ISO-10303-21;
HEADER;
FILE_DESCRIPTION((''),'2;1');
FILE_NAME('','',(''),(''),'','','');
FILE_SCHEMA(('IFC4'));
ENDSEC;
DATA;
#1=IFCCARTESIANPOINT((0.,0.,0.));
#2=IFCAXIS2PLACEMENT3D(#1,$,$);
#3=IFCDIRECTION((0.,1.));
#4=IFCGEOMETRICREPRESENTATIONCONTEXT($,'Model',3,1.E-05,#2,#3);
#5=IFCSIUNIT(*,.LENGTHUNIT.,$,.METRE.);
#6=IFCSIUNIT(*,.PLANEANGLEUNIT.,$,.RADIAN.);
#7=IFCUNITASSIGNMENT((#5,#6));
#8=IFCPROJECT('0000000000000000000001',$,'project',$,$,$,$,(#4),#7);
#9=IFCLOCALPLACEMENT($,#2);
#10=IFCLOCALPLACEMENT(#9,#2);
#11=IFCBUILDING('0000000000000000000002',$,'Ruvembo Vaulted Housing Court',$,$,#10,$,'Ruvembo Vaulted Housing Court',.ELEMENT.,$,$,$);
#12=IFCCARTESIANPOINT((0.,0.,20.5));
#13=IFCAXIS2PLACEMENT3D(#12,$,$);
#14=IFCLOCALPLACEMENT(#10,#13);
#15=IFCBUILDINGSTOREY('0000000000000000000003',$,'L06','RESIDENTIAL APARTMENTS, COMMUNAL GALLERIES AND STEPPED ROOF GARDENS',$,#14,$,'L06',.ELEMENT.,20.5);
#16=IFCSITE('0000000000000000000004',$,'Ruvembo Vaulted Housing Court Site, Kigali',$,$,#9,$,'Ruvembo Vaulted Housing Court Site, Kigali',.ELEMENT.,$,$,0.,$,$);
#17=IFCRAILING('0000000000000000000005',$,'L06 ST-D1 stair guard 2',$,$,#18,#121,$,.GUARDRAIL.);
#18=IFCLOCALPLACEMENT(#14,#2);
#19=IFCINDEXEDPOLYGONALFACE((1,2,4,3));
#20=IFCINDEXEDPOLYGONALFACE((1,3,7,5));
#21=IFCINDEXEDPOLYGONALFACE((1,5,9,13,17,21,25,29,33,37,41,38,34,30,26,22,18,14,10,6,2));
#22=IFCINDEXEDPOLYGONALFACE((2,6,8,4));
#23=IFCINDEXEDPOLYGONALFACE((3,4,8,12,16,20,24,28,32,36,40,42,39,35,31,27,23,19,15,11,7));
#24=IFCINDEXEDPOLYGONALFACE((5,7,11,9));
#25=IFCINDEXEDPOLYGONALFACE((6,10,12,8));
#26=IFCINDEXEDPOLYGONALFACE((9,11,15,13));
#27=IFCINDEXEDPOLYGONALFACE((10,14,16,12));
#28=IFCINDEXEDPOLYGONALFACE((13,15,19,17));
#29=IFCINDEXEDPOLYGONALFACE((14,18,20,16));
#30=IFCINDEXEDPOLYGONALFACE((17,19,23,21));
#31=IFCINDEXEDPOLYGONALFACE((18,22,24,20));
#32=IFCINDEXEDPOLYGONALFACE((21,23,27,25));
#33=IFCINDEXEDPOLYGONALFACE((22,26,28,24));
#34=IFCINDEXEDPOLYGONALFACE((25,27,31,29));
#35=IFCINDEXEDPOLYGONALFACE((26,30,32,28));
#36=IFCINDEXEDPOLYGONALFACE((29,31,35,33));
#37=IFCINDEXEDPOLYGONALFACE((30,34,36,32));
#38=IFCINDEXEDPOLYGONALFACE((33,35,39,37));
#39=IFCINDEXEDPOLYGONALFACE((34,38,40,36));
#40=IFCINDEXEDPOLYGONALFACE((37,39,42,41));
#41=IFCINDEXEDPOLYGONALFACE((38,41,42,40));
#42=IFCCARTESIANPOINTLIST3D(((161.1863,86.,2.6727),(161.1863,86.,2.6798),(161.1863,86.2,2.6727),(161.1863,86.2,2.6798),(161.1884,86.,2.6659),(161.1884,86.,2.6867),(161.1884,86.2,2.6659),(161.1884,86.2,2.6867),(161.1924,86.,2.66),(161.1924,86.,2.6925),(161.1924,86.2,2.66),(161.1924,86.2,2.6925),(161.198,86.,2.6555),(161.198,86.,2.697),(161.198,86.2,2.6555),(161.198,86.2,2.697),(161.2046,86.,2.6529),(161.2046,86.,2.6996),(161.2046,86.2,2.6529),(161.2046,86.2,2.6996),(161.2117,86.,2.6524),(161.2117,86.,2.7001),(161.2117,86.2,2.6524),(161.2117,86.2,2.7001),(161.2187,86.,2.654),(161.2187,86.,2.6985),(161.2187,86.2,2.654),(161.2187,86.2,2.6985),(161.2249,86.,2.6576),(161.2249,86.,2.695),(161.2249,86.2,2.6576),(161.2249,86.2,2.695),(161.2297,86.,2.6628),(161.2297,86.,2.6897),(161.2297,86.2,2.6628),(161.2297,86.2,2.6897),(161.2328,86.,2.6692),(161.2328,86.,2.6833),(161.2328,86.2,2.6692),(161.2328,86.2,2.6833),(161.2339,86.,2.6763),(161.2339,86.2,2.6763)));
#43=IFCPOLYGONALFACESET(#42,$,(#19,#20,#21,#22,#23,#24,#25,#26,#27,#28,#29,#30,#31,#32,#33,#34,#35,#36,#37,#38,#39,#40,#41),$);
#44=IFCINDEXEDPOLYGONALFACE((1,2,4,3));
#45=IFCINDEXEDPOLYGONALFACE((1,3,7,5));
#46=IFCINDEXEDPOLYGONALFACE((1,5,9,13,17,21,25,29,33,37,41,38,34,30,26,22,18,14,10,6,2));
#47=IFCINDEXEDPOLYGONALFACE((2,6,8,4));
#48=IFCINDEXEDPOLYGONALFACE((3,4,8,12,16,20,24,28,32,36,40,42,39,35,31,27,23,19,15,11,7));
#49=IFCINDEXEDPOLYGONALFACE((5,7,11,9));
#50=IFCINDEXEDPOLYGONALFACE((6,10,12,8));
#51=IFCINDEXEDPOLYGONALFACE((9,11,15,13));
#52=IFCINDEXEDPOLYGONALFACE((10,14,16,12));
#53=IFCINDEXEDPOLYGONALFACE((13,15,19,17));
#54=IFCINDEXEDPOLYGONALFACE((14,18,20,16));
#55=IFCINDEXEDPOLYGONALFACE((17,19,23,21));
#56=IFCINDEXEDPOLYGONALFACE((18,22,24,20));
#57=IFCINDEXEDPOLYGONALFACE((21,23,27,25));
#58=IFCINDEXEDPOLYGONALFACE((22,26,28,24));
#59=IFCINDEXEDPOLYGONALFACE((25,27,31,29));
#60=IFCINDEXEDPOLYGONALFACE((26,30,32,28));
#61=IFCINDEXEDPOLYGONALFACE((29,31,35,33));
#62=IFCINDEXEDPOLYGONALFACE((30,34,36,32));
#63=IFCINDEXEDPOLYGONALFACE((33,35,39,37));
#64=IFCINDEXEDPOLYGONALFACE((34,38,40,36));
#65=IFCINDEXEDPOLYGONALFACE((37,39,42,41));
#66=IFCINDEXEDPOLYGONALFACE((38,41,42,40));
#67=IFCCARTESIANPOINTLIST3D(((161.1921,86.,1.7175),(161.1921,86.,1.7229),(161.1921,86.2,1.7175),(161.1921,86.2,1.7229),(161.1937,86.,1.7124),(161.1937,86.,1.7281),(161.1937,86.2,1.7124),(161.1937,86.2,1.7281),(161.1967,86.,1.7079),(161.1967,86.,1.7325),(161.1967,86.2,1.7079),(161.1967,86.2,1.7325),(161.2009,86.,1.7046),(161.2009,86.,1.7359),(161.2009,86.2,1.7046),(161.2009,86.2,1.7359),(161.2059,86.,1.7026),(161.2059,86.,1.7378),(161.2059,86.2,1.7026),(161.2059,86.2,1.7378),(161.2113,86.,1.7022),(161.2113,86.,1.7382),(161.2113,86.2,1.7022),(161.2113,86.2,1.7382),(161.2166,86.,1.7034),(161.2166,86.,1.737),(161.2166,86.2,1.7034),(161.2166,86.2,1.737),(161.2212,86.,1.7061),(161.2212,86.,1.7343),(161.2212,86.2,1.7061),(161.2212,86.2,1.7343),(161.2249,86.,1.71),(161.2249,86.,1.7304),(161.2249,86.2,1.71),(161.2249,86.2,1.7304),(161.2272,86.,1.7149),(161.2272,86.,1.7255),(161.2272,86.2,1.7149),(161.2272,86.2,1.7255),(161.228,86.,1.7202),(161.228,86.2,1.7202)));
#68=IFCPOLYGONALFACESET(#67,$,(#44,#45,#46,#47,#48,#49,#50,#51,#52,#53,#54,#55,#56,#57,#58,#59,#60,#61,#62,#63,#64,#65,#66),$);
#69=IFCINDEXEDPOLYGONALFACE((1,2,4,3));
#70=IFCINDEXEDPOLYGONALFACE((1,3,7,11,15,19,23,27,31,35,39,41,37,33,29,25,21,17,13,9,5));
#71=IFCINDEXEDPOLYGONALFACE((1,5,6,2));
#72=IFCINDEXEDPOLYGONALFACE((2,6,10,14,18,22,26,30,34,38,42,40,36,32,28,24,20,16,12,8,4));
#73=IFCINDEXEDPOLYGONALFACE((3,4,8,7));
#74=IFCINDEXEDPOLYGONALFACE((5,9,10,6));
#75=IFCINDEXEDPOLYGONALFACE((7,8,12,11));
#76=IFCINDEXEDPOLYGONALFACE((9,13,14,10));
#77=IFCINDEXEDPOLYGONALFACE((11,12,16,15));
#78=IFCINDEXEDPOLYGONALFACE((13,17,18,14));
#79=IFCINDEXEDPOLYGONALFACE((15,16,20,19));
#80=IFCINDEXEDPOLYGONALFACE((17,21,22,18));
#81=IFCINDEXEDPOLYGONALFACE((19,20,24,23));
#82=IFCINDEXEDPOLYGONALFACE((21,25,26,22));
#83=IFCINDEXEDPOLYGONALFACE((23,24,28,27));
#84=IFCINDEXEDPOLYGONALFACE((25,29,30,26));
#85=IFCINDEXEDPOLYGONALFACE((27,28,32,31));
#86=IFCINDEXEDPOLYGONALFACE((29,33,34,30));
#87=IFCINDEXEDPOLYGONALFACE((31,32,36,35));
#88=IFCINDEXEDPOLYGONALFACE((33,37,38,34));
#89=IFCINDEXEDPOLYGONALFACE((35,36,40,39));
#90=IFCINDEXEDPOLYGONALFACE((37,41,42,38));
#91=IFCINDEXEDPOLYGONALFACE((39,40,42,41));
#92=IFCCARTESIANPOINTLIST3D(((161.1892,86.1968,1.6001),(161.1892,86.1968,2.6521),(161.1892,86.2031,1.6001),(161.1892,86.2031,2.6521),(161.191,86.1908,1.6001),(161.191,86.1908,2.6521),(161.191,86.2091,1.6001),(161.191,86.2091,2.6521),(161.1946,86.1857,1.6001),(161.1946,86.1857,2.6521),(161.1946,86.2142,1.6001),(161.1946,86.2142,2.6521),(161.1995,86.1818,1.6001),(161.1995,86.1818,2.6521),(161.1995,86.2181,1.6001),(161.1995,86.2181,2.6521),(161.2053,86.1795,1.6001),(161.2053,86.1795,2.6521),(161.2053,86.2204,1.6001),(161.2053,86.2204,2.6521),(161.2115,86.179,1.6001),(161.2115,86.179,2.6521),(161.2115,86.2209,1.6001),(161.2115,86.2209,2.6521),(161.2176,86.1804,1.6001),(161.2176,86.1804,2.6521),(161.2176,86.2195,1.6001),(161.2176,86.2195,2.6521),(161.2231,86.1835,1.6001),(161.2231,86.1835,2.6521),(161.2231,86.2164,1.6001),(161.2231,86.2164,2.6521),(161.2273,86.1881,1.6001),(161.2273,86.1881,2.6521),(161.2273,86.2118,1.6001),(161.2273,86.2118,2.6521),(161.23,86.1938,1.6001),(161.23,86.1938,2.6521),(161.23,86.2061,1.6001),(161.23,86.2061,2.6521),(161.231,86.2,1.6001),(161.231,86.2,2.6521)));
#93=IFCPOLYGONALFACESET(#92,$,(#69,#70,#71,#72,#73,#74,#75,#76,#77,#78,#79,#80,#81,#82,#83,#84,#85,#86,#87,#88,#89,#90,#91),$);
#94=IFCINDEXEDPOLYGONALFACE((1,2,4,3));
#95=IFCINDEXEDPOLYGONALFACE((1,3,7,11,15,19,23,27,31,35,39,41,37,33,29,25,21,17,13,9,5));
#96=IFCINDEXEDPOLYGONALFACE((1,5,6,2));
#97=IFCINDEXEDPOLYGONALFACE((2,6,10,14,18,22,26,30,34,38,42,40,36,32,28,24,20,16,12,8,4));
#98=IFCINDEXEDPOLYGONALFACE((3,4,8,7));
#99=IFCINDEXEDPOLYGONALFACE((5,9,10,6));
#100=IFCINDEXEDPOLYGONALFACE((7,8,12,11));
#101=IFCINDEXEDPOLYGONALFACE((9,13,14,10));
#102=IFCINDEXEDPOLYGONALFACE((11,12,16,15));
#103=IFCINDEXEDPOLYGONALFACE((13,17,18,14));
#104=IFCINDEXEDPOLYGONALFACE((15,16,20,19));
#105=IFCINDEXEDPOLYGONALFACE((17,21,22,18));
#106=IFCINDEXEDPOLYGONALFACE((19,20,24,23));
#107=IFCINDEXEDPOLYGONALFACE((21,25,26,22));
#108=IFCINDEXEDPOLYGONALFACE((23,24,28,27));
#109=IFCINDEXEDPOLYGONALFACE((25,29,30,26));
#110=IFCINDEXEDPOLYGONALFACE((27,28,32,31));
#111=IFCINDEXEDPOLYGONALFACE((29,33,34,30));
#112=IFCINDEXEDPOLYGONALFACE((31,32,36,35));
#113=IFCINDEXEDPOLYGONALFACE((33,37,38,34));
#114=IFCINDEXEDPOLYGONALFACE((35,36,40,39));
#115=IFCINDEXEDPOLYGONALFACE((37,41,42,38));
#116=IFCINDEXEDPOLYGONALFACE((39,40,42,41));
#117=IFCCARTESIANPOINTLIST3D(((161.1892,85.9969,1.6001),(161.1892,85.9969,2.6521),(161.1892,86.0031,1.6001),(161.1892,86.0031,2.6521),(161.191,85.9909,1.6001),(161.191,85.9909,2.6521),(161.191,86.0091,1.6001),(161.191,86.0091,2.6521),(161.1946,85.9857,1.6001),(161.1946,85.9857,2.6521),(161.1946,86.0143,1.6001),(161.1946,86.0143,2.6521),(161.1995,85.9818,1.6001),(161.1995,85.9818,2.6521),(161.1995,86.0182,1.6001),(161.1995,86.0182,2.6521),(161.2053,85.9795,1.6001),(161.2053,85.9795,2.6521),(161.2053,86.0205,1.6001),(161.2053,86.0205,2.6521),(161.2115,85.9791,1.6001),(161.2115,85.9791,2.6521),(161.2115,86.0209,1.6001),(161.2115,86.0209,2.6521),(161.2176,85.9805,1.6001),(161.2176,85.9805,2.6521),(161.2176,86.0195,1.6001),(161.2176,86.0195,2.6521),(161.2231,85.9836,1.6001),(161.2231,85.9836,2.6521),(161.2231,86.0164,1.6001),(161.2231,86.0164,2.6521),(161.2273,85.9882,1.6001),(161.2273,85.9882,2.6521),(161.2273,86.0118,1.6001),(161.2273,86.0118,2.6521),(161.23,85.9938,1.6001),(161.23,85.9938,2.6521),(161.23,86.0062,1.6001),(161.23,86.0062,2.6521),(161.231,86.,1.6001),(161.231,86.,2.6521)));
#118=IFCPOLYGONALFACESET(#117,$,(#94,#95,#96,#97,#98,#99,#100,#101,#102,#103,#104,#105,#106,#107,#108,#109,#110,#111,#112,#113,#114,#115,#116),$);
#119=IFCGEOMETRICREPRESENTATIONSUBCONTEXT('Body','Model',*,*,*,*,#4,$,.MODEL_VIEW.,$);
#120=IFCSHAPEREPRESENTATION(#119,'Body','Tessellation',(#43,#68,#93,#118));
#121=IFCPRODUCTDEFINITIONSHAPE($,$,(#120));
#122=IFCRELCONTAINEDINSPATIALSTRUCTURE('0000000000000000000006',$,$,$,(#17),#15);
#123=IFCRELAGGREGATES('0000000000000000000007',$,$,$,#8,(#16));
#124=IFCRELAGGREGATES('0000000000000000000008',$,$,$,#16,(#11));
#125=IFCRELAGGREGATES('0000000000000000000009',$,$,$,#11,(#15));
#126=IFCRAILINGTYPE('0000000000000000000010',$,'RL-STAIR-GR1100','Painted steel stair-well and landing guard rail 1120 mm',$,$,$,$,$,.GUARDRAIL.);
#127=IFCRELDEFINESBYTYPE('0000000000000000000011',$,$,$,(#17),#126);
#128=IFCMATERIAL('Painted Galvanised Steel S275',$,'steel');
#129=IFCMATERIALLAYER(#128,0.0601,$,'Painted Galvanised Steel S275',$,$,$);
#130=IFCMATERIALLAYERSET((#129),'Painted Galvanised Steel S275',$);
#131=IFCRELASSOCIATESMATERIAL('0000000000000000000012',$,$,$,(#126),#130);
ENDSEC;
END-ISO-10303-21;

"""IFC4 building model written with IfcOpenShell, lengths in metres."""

from ifc_helpers import new_model, si_unit, direction, frame, origin, origin_2d, place, context, subcontext, project, spatial, circle, extrude, material, layer, layer_set, type_object, element, save


model = new_model("IFC4")

# Units and contexts
model_context = context("Model", 3, precision=1e-05, world=origin(), true_north=direction((0.0, 1.0)))
body_context = subcontext(model_context, "Body", "Model", "MODEL_VIEW")
ifc_project = project(units=[si_unit("LENGTHUNIT", "METRE"), si_unit("PLANEANGLEUNIT", "RADIAN")], contexts=[model_context])

# Site, building, storey
site_placement = place(None, origin())
site = spatial("IfcSite", under=ifc_project, at=site_placement, Name="Ruvembo Vaulted Housing Court Site, Kigali", LongName="Ruvembo Vaulted Housing Court Site, Kigali", CompositionType="ELEMENT", RefElevation=0.0)
building_placement = place(site_placement, origin())
building = spatial("IfcBuilding", under=site, at=building_placement, Name="Ruvembo Vaulted Housing Court", LongName="Ruvembo Vaulted Housing Court", CompositionType="ELEMENT")
storey_placement = place(building_placement, frame((0.0, 0.0, 20.5)))
storey = spatial("IfcBuildingStorey", under=building, at=storey_placement, Name="L06", Description="RESIDENTIAL APARTMENTS, COMMUNAL GALLERIES AND STEPPED ROOF GARDENS", LongName="L06", CompositionType="ELEMENT", Elevation=20.5)

# Railing
ifc_material_1 = material(Name="Painted Galvanised Steel S275", Category="steel")
ifc_layer_1 = layer(ifc_material_1, 0.0601, Name="Painted Galvanised Steel S275")
ifc_layer_set_1 = layer_set([ifc_layer_1], Name="Painted Galvanised Steel S275")
railing_type_1 = type_object("IfcRailingType", Name="RL-STAIR-GR1100", Description="Painted steel stair-well and landing guard rail 1120 mm", PredefinedType="GUARDRAIL", material=ifc_layer_set_1)
railing_1_placement = place(storey_placement, frame((161.21, 86.2, 1.6001)))
element("IfcRailing", 1, at=railing_1_placement, inside=storey, type_object=railing_type_1, Name="L06 ST-D1 stair guard 2", PredefinedType="GUARDRAIL", context=body_context, shape_type="SweptSolid", body=[
    extrude(circle(Radius=0.0239, at=origin_2d()), frame((0.0, 0.0, 1.0762), z_axis=(0.0, -1.0, 0.0), x_axis=(1.0, 0.0, 0.0)), (0.0, 0.0, 1.0), 0.2),
    extrude(circle(Radius=0.0181, at=origin_2d()), frame((0.0, 0.0, 0.1201), z_axis=(0.0, -1.0, 0.0), x_axis=(1.0, 0.0, 0.0)), (0.0, 0.0, 1.0), 0.2),
    extrude(circle(Radius=0.021, at=origin_2d()), origin(), (0.0, 0.0, 1.0), 1.052),
    extrude(circle(Radius=0.021, at=origin_2d()), frame((0.0, -0.2, 0.0)), (0.0, 0.0, 1.0), 1.052),
])

save(model, "model.ifc")
